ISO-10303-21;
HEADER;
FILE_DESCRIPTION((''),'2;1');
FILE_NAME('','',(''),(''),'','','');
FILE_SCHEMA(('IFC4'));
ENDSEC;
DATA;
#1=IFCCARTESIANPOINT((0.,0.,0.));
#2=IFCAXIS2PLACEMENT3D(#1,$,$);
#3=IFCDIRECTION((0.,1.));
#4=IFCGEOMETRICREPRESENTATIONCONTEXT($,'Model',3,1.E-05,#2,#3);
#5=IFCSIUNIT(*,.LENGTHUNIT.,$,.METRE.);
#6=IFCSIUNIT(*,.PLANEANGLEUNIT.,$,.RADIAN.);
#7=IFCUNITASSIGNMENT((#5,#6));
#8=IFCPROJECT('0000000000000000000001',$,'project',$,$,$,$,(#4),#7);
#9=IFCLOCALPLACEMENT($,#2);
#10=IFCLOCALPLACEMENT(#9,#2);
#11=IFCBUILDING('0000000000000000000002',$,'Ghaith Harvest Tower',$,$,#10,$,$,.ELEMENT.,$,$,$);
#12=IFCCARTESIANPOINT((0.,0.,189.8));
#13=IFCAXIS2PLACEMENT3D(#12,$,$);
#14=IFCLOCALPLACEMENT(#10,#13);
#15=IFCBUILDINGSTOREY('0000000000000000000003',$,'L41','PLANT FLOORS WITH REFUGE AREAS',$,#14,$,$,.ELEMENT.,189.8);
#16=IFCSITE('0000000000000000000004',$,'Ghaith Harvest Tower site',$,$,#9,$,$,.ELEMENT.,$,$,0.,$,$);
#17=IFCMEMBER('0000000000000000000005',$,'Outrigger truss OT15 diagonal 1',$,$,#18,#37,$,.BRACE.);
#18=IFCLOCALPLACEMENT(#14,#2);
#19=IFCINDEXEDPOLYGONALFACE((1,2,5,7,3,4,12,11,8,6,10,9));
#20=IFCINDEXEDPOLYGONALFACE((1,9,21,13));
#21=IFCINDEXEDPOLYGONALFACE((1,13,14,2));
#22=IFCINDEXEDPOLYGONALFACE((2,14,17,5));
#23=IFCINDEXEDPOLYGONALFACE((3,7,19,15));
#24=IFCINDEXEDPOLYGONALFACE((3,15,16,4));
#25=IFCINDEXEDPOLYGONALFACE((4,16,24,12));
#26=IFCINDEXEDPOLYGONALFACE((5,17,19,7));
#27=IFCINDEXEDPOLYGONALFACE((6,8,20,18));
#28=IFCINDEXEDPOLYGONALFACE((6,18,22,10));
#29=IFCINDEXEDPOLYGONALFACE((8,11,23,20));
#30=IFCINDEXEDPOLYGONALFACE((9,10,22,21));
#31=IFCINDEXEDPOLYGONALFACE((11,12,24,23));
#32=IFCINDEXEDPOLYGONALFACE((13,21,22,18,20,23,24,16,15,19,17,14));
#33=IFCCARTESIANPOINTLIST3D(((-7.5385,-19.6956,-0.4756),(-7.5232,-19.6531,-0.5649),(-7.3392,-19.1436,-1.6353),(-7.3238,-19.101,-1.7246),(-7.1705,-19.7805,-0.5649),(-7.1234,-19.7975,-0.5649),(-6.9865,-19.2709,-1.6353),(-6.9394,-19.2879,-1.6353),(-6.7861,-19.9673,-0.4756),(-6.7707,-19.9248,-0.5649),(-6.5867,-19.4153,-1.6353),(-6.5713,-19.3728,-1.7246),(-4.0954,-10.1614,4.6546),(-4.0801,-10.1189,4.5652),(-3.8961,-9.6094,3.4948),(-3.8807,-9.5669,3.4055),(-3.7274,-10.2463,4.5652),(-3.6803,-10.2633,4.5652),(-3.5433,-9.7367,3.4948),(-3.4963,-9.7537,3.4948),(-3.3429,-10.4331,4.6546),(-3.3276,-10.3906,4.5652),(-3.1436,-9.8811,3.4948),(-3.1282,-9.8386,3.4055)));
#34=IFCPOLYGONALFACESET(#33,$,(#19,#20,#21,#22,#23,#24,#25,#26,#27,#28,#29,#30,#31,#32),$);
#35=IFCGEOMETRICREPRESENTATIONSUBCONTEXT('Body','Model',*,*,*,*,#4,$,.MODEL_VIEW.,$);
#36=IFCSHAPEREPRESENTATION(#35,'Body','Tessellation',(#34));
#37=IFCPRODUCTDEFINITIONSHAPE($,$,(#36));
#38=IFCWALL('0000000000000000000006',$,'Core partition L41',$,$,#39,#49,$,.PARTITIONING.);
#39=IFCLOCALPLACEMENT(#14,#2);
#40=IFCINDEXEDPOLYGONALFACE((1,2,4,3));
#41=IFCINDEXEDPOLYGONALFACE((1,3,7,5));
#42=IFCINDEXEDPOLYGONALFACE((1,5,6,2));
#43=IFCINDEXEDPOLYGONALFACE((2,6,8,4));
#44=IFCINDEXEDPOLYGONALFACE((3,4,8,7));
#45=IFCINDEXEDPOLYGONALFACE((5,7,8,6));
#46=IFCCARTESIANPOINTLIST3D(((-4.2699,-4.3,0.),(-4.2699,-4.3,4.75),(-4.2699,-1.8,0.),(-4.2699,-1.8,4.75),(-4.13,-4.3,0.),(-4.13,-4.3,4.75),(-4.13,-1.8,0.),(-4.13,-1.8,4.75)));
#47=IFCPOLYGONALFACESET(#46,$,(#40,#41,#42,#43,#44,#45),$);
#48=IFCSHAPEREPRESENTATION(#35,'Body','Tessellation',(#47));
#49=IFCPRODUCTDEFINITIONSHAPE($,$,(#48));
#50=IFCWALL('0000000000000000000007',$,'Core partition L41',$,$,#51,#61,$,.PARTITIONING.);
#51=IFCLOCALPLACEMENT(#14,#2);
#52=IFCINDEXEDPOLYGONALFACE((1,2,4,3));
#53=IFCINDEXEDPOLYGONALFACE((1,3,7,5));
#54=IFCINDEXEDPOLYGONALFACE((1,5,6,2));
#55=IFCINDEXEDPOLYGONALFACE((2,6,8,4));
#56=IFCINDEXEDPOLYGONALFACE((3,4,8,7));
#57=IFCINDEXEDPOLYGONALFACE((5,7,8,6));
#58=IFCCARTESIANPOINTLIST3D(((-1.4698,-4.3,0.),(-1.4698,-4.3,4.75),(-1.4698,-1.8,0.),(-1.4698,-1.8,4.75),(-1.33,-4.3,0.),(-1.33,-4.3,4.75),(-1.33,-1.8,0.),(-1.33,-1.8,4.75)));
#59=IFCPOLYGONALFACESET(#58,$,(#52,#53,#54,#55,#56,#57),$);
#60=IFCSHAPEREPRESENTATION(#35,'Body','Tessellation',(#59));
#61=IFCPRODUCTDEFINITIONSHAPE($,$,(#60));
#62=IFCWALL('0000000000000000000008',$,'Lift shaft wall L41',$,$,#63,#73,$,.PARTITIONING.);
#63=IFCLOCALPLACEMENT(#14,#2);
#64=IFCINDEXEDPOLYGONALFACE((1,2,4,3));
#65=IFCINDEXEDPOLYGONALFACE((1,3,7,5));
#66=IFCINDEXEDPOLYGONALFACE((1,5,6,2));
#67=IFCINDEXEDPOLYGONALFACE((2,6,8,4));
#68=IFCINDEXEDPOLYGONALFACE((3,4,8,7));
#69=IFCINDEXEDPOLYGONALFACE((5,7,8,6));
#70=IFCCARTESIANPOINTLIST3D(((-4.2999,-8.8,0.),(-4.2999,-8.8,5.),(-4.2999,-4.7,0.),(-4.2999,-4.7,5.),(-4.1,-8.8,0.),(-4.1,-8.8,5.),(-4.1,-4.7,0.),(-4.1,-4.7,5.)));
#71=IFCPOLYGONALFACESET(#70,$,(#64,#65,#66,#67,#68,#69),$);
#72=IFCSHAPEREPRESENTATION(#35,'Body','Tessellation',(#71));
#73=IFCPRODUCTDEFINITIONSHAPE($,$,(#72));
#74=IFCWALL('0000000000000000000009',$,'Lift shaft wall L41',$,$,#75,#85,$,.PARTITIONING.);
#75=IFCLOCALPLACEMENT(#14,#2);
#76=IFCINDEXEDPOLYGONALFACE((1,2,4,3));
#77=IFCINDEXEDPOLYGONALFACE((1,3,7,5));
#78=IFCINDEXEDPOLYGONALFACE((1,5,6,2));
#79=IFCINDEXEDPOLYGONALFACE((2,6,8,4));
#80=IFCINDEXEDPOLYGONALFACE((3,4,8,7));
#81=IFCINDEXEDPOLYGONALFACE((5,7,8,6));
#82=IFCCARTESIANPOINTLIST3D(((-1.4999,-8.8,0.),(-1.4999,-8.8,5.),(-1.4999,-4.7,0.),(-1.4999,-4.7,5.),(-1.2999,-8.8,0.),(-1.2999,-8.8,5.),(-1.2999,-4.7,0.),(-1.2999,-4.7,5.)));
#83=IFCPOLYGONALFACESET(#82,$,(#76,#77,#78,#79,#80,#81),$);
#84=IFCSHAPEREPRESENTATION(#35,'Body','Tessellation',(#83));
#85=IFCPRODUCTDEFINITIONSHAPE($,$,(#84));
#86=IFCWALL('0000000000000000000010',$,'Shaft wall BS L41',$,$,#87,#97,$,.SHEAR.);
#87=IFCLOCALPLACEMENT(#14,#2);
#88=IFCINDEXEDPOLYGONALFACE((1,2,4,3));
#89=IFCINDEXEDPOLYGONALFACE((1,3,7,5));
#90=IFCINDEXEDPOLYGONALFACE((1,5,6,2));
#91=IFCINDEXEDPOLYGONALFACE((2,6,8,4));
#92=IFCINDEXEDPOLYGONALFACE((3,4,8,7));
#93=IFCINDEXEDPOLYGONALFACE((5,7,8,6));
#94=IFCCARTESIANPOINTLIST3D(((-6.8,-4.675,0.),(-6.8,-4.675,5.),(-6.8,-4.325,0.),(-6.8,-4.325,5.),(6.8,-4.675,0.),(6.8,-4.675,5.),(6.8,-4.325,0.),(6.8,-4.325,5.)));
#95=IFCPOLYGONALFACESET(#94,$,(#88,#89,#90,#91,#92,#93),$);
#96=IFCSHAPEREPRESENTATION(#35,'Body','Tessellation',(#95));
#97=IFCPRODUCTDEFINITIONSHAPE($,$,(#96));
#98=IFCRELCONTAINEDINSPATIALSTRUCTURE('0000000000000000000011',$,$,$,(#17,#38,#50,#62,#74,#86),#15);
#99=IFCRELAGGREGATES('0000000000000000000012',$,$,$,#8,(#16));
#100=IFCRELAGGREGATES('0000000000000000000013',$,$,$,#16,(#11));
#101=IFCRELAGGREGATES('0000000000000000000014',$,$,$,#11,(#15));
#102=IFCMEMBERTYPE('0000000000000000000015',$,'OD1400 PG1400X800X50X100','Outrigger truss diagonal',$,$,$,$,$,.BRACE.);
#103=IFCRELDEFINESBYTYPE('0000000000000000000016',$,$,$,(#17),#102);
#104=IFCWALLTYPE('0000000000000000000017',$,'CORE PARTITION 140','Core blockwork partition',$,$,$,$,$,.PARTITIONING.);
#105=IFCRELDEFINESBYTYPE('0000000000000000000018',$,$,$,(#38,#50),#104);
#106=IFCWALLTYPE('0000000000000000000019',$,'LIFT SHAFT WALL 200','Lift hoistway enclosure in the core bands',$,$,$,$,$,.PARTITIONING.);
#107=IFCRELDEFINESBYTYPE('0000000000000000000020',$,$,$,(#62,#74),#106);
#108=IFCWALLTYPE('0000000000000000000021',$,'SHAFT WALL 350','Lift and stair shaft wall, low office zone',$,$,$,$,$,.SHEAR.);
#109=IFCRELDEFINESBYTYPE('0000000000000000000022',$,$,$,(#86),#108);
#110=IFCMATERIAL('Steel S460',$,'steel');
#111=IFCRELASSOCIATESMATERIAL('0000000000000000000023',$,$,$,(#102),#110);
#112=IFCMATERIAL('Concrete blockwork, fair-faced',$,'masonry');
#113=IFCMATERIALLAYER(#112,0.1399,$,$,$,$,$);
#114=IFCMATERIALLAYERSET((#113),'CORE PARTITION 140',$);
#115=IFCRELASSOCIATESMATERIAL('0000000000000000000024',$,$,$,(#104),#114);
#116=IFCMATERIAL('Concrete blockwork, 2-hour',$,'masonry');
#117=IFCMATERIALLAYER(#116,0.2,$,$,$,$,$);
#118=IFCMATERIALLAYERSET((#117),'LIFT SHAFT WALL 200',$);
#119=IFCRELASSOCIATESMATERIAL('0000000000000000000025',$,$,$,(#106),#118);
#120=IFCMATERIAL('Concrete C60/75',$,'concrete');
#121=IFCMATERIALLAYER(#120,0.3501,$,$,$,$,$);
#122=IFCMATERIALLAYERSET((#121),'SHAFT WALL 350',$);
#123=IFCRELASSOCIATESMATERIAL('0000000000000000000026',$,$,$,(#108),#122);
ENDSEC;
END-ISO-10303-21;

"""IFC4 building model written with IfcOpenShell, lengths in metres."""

from ifc_helpers import new_model, si_unit, direction, frame, frame_2d, origin, origin_2d, place, context, subcontext, project, spatial, rectangle, i_section, extrude, material, layer, layer_set, material_profile, profile_set, type_object, element, save


model = new_model("IFC4")

# Units and contexts
model_context = context("Model", 3, precision=1e-05, world=origin(), true_north=direction((0.0, 1.0)))
body_context = subcontext(model_context, "Body", "Model", "MODEL_VIEW")
ifc_project = project(units=[si_unit("LENGTHUNIT", "METRE"), si_unit("PLANEANGLEUNIT", "RADIAN")], contexts=[model_context])

# Site, building, storey
site_placement = place(None, origin())
site = spatial("IfcSite", under=ifc_project, at=site_placement, Name="Ghaith Harvest Tower site", CompositionType="ELEMENT", RefElevation=0.0)
building_placement = place(site_placement, origin())
building = spatial("IfcBuilding", under=site, at=building_placement, Name="Ghaith Harvest Tower", CompositionType="ELEMENT")
storey_placement = place(building_placement, frame((0.0, 0.0, 189.8)))
storey = spatial("IfcBuildingStorey", under=building, at=storey_placement, Name="L41", Description="PLANT FLOORS WITH REFUGE AREAS", CompositionType="ELEMENT", Elevation=189.8)

# Member
ifc_material_1 = material(Name="Steel S460", Category="steel")
ifc_material_profile_1 = material_profile(ifc_material_1, i_section(OverallWidth=0.8, OverallDepth=1.3999, WebThickness=0.05, FlangeThickness=0.1001, at=origin_2d()), Name="PG1400X800X50X100")
ifc_profile_set_1 = profile_set([ifc_material_profile_1], Name="Steel S460")
member_type_1 = type_object("IfcMemberType", Name="OD1400 PG1400X800X50X100", Description="Outrigger truss diagonal", PredefinedType="BRACE", material=ifc_profile_set_1)
member_1_placement = place(storey_placement, frame((-3.6118, -10.0, 4.03), z_axis=(-0.303063, -0.839198, -0.451553), x_axis=(0.940547, -0.339663, 0.0)))
element("IfcMember", 1, at=member_1_placement, inside=storey, type_object=member_type_1, Name="Outrigger truss OT15 diagonal 1", PredefinedType="BRACE", context=body_context, shape_type="SweptSolid", body=[
    extrude(i_section(OverallWidth=0.8, OverallDepth=1.3999, WebThickness=0.05, FlangeThickness=0.1001, at=origin_2d()), origin(), (0.0, 0.0, 1.0), 11.3611),
])

# Walls
ifc_material_2 = material(Name="Concrete blockwork, fair-faced", Category="masonry")
ifc_layer_1 = layer(ifc_material_2, 0.1399)
ifc_layer_set_1 = layer_set([ifc_layer_1], Name="CORE PARTITION 140")
wall_type_1 = type_object("IfcWallType", Name="CORE PARTITION 140", Description="Core blockwork partition", PredefinedType="PARTITIONING", material=ifc_layer_set_1)
for number, where, z_axis, x_axis, name in (
    (2, (-4.2, -1.8, 0.0), (0.0, 0.0, 1.0), (0.0, -1.0, 0.0), "Core partition L41"),
    (3, (-1.3999, -1.8, 0.0), (0.0, 0.0, 1.0), (0.0, -1.0, 0.0), "Core partition L41"),
):
    element("IfcWall", number, at=place(storey_placement, frame(where, z_axis=z_axis, x_axis=x_axis)), inside=storey, type_object=wall_type_1, Name=name, PredefinedType="PARTITIONING", context=body_context, shape_type="SweptSolid", body=[
        extrude(rectangle(XDim=2.5, YDim=0.1399, at=frame_2d((1.25, 0.0))), origin(), (0.0, 0.0, 1.0), 4.75),
    ])
ifc_material_3 = material(Name="Concrete blockwork, 2-hour", Category="masonry")
ifc_layer_2 = layer(ifc_material_3, 0.2)
ifc_layer_set_2 = layer_set([ifc_layer_2], Name="LIFT SHAFT WALL 200")
wall_type_2 = type_object("IfcWallType", Name="LIFT SHAFT WALL 200", Description="Lift hoistway enclosure in the core bands", PredefinedType="PARTITIONING", material=ifc_layer_set_2)
for number, where, z_axis, x_axis, name in (
    (4, (-4.2, -4.7, 0.0), (0.0, 0.0, 1.0), (0.0, -1.0, 0.0), "Lift shaft wall L41"),
    (5, (-1.3999, -4.7, 0.0), (0.0, 0.0, 1.0), (0.0, -1.0, 0.0), "Lift shaft wall L41"),
):
    element("IfcWall", number, at=place(storey_placement, frame(where, z_axis=z_axis, x_axis=x_axis)), inside=storey, type_object=wall_type_2, Name=name, PredefinedType="PARTITIONING", context=body_context, shape_type="SweptSolid", body=[
        extrude(rectangle(XDim=4.1001, YDim=0.2, at=frame_2d((2.05, 0.0))), origin(), (0.0, 0.0, 1.0), 5.0),
    ])

# Shared definitions
ifc_material_4 = material(Name="Concrete C60/75", Category="concrete")
ifc_layer_3 = layer(ifc_material_4, 0.3501)
ifc_layer_set_3 = layer_set([ifc_layer_3], Name="SHAFT WALL 350")
wall_type_3 = type_object("IfcWallType", Name="SHAFT WALL 350", Description="Lift and stair shaft wall, low office zone", PredefinedType="SHEAR", material=ifc_layer_set_3)

# Wall
wall_1_placement = place(storey_placement, frame((-6.8, -4.5, 0.0), z_axis=(0.0, 0.0, 1.0), x_axis=(1.0, 0.0, 0.0)))
element("IfcWall", 6, at=wall_1_placement, inside=storey, type_object=wall_type_3, Name="Shaft wall BS L41", PredefinedType="SHEAR", context=body_context, shape_type="SweptSolid", body=[
    extrude(rectangle(XDim=13.6001, YDim=0.3501, at=frame_2d((6.8, 0.0))), origin(), (0.0, 0.0, 1.0), 5.0),
])

save(model, "model.ifc")
